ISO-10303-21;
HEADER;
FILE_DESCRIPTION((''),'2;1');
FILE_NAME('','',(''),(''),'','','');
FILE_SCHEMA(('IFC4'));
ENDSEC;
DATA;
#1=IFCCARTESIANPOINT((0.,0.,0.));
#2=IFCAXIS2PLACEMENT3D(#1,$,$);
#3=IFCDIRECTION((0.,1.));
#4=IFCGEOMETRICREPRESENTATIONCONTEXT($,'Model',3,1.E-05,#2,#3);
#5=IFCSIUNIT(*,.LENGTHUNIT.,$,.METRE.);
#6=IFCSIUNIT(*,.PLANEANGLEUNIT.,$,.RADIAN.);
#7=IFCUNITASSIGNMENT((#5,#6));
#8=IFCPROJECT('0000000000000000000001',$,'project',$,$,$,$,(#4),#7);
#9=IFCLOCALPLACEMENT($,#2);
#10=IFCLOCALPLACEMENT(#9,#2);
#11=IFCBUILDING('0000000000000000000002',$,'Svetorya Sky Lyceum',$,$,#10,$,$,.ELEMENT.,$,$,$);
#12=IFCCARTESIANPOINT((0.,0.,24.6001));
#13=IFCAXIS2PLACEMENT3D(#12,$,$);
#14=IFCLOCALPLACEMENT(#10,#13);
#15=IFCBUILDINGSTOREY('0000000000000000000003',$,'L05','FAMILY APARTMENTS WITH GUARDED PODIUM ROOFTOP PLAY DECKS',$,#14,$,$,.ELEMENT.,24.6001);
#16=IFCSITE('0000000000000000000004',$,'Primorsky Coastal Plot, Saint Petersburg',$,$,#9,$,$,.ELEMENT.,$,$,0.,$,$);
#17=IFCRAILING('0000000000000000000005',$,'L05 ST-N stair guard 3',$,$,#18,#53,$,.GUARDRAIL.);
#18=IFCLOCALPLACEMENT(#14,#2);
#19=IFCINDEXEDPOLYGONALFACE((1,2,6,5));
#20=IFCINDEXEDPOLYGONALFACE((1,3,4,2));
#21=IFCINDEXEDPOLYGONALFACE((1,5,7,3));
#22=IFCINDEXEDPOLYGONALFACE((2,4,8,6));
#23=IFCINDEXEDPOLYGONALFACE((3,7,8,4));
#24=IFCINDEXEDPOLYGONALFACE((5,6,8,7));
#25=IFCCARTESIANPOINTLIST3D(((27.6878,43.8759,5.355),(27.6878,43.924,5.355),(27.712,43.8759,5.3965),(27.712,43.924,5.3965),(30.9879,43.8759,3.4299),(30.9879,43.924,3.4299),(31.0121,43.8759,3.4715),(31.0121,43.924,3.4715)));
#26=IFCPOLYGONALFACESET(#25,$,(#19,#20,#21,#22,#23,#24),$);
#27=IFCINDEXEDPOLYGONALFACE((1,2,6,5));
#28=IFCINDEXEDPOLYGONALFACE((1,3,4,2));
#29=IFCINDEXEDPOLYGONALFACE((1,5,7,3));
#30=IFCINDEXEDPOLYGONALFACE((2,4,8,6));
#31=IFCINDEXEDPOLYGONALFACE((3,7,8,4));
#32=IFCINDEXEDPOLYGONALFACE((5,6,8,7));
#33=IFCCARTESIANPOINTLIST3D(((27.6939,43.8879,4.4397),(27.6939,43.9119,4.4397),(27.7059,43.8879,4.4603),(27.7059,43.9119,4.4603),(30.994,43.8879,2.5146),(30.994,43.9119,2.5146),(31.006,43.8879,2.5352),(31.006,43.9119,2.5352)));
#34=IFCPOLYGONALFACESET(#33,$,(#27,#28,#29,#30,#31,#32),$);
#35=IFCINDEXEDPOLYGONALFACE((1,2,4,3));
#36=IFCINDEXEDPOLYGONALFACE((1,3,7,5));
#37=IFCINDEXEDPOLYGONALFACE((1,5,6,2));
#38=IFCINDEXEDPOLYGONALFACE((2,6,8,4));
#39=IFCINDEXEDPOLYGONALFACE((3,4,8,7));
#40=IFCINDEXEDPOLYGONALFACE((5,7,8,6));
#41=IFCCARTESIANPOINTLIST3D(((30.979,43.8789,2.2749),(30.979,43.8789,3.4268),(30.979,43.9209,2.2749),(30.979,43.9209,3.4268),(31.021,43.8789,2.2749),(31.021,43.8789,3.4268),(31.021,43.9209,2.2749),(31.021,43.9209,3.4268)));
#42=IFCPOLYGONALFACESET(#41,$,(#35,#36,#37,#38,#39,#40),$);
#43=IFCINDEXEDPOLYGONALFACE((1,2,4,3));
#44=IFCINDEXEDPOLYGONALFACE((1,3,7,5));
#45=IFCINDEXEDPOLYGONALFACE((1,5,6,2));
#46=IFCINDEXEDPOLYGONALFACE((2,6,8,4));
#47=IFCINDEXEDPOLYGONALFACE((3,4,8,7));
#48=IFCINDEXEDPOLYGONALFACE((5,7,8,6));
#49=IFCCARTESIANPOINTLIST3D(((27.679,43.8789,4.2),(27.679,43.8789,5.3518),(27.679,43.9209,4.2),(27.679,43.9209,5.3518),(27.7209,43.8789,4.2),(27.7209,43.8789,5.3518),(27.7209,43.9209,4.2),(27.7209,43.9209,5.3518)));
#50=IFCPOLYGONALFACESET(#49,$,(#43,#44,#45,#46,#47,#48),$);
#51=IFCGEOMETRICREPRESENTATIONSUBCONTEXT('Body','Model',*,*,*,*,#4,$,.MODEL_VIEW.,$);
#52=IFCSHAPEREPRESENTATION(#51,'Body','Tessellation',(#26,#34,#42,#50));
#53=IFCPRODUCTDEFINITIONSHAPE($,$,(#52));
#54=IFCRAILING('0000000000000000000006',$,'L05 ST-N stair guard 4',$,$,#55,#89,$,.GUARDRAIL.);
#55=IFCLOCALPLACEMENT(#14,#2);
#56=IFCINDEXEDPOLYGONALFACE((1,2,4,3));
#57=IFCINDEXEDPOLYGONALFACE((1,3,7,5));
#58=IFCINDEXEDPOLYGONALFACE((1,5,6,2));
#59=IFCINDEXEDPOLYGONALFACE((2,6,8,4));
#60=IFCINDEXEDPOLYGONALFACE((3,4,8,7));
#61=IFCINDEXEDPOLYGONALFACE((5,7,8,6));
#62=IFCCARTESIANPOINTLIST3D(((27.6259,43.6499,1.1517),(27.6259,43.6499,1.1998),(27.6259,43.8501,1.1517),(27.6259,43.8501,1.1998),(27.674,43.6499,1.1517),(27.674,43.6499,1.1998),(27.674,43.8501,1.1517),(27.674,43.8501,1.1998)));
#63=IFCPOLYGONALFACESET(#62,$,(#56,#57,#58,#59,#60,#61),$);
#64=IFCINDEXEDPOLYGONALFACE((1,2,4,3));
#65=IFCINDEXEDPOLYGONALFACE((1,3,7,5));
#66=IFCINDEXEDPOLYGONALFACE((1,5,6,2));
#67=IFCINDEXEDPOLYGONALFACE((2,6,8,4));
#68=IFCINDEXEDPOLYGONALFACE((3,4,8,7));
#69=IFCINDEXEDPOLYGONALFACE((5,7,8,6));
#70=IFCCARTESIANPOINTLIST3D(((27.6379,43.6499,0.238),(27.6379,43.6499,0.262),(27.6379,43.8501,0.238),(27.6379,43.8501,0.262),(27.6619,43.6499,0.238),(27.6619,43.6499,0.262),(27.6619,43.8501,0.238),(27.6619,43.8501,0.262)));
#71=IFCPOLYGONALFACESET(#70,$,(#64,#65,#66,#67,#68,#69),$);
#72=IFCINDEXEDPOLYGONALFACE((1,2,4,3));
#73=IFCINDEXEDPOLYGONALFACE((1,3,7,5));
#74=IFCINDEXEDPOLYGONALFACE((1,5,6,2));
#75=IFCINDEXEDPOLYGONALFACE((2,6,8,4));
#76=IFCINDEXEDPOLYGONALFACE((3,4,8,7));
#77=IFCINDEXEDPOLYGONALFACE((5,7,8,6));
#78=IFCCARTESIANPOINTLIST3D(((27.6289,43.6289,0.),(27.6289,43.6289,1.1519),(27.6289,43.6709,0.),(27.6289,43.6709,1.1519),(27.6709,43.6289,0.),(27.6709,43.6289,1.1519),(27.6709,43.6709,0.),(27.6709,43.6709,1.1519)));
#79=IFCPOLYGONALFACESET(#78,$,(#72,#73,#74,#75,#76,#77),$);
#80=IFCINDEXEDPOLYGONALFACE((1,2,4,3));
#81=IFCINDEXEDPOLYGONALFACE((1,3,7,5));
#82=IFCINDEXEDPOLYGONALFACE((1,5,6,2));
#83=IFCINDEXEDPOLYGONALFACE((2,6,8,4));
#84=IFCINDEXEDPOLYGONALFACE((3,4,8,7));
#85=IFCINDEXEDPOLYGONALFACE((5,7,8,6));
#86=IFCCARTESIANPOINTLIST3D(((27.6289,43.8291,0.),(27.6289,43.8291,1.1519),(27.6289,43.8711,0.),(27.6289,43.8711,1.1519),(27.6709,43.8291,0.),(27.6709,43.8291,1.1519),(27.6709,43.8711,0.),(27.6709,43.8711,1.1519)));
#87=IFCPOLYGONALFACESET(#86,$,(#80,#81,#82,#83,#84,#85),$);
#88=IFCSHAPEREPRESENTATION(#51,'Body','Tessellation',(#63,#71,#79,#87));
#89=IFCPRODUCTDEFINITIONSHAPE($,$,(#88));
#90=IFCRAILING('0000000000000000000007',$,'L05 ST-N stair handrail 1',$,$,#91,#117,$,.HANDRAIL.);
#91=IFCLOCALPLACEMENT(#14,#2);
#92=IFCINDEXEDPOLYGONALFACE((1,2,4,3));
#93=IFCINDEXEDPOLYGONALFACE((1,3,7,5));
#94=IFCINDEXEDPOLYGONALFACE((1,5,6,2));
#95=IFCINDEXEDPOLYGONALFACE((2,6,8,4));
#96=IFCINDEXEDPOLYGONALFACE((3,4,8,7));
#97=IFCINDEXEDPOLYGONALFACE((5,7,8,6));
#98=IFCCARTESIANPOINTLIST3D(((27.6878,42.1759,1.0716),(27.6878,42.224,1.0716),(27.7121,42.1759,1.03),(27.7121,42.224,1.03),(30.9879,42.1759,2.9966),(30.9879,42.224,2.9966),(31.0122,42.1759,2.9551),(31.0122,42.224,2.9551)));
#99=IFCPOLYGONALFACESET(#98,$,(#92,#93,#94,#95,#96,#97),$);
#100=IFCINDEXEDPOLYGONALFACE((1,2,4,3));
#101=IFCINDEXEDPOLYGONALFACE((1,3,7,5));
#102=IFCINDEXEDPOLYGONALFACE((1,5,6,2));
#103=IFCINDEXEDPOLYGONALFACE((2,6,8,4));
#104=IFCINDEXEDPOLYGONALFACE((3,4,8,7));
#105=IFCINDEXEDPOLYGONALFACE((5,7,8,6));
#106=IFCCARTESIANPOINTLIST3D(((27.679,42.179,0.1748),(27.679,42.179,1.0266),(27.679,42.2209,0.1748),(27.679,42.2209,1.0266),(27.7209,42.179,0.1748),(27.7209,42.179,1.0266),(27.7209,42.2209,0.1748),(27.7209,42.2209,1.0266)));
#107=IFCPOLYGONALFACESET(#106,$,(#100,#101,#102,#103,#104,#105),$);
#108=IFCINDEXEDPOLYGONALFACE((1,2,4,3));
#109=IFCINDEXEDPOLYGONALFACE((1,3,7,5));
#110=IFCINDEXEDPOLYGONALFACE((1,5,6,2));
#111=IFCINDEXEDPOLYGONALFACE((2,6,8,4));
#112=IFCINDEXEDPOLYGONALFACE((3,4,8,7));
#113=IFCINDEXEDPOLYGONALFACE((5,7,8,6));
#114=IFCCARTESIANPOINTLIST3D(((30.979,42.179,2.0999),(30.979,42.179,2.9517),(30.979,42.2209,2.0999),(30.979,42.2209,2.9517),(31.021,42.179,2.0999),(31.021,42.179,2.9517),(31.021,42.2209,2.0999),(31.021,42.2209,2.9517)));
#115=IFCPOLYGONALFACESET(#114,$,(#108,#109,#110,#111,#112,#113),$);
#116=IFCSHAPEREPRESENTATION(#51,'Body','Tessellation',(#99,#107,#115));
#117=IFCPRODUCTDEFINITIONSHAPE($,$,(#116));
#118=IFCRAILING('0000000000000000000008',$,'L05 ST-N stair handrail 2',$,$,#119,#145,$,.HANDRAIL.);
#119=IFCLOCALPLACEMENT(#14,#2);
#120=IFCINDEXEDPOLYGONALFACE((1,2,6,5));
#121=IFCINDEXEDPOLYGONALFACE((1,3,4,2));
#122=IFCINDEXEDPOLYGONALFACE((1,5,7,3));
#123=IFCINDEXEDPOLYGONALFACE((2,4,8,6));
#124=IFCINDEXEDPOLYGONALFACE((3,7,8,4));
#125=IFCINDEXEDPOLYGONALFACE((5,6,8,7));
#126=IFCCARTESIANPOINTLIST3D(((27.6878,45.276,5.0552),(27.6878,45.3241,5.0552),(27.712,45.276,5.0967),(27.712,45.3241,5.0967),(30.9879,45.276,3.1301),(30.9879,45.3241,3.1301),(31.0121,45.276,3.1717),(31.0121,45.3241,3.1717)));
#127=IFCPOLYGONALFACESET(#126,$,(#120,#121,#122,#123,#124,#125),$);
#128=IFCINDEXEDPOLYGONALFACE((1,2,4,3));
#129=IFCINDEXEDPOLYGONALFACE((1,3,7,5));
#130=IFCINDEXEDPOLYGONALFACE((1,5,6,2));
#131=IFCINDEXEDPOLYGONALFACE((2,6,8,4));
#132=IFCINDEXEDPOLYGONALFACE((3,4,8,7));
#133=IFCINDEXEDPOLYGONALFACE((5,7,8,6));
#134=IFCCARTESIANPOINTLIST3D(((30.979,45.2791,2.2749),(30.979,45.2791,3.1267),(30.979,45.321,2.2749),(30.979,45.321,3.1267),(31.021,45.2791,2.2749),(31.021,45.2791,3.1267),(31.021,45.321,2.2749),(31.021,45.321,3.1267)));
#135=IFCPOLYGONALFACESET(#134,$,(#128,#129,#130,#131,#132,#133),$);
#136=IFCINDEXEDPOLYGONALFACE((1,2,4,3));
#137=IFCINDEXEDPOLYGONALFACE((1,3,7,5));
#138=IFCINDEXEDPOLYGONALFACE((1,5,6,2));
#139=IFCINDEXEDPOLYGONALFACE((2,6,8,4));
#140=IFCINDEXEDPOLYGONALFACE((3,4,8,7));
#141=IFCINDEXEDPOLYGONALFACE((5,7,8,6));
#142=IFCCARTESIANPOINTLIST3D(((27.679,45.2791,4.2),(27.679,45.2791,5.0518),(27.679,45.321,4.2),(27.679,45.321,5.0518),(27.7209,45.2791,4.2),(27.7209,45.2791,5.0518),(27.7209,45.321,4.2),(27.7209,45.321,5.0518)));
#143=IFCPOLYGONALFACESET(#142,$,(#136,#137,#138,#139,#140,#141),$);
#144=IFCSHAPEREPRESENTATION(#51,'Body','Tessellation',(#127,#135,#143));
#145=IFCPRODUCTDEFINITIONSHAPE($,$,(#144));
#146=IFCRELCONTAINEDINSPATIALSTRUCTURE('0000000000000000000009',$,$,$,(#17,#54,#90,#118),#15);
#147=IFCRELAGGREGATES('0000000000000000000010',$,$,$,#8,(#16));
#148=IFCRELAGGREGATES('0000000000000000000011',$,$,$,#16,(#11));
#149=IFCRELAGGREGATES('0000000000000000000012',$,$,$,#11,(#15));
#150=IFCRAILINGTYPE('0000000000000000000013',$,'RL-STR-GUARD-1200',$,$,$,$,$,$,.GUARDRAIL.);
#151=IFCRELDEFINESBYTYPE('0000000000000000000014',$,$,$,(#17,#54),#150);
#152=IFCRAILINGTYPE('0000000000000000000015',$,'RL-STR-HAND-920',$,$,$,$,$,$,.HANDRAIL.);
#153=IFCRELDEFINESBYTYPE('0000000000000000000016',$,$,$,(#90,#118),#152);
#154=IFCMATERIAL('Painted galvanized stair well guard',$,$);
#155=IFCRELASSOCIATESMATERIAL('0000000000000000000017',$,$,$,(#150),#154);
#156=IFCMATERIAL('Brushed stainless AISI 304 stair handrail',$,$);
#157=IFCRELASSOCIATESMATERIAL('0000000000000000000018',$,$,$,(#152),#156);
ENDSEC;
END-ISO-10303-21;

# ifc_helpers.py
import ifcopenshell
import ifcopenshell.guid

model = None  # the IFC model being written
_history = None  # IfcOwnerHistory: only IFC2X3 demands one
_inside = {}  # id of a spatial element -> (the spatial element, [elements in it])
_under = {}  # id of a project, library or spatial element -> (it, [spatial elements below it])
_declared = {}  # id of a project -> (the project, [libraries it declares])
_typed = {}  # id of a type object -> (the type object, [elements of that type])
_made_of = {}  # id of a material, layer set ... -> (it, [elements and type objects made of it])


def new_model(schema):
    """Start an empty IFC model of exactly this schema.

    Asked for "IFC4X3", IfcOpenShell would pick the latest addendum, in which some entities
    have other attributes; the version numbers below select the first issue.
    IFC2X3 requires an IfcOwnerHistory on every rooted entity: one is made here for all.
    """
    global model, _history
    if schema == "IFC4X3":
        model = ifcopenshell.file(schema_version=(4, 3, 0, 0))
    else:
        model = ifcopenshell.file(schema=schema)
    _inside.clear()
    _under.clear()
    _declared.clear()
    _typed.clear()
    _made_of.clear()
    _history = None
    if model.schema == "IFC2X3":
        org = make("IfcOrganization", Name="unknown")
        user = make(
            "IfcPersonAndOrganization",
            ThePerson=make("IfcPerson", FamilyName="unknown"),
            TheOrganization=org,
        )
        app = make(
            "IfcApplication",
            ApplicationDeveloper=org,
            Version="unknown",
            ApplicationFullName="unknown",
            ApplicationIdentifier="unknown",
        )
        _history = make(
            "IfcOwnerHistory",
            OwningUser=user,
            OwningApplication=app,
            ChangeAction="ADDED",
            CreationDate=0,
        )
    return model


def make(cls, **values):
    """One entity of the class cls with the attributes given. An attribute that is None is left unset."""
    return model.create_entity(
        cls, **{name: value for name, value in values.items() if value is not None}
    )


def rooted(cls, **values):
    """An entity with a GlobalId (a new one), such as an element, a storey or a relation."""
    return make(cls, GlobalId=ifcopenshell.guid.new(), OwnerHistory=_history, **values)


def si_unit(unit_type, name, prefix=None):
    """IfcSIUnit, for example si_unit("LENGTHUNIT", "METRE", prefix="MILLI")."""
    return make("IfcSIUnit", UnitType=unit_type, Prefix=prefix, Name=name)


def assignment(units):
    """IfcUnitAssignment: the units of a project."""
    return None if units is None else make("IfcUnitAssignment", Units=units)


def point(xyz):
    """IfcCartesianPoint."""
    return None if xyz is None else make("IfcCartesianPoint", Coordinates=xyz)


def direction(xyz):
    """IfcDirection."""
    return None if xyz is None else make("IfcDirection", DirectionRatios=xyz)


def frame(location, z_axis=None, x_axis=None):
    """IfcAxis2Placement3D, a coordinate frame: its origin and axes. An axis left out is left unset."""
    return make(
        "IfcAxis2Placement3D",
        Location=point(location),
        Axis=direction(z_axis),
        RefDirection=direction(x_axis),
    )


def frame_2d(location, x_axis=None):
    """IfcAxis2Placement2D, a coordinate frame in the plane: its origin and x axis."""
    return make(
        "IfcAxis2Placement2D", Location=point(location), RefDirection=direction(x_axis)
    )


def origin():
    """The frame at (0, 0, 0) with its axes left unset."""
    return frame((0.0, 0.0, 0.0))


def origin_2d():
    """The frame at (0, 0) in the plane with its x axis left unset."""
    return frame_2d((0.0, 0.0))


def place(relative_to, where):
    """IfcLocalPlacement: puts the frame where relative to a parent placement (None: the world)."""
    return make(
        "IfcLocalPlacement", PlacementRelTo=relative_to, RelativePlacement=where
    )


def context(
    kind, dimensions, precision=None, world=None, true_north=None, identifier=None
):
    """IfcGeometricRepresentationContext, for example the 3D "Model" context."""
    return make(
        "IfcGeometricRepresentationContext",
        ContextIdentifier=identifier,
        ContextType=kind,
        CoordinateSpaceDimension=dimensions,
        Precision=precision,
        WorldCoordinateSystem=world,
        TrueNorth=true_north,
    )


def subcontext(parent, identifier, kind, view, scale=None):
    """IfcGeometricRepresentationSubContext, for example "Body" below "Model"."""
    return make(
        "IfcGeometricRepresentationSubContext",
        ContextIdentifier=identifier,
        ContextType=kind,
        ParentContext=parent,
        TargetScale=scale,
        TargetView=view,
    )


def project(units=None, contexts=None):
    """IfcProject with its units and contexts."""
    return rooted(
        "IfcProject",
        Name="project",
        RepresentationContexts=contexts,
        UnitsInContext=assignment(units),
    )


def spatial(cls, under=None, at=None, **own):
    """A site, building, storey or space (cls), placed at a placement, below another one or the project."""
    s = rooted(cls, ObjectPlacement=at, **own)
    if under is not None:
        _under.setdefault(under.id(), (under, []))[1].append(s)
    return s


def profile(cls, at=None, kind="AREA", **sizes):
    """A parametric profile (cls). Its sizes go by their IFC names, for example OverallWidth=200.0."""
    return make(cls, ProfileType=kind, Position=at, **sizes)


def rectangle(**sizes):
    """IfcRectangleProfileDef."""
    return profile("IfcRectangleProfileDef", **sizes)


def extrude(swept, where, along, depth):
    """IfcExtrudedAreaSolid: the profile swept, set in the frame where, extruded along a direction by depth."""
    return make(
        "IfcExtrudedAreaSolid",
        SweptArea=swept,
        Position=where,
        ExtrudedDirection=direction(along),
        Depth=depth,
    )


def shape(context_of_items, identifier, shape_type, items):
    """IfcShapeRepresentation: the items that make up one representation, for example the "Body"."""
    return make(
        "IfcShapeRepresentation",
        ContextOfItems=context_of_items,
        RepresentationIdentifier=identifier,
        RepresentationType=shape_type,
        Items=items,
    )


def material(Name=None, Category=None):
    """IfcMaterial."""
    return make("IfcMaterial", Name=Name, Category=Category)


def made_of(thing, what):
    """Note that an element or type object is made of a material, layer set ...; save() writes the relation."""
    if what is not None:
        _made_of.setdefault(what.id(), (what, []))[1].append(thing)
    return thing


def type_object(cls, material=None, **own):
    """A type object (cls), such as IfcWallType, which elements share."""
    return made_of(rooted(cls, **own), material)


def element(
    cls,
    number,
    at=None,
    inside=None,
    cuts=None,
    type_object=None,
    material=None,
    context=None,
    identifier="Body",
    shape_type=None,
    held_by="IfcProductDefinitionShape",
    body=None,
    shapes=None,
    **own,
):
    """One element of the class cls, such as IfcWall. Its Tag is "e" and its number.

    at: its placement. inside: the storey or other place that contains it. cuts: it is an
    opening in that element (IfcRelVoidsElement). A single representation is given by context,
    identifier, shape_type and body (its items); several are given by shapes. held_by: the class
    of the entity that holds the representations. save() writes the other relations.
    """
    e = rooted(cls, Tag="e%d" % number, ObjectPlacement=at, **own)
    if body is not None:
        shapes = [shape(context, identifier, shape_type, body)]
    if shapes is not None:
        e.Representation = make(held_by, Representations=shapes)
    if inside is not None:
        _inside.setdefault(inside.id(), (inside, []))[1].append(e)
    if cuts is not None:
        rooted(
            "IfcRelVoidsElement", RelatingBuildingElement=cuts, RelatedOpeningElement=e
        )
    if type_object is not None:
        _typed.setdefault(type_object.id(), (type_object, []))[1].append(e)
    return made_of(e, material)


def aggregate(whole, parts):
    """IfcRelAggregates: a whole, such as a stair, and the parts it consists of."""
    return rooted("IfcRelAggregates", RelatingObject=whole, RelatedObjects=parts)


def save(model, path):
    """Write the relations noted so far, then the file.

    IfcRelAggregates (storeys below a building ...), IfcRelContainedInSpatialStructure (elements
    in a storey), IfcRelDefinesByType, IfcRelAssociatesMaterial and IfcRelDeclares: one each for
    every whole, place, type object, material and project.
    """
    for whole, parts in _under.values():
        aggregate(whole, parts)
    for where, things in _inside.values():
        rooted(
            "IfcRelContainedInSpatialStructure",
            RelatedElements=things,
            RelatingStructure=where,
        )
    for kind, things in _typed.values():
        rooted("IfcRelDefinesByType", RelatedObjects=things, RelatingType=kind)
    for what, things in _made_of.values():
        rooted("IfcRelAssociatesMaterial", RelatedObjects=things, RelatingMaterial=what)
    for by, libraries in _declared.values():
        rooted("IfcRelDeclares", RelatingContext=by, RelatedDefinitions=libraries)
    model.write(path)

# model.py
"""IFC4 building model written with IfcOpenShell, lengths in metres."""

from ifc_helpers import new_model, si_unit, direction, frame, origin, origin_2d, place, context, subcontext, project, spatial, rectangle, extrude, material, type_object, element, save


model = new_model("IFC4")

# Units and contexts
model_context = context("Model", 3, precision=1e-05, world=origin(), true_north=direction((0.0, 1.0)))
body_context = subcontext(model_context, "Body", "Model", "MODEL_VIEW")
ifc_project = project(units=[si_unit("LENGTHUNIT", "METRE"), si_unit("PLANEANGLEUNIT", "RADIAN")], contexts=[model_context])

# Site, building, storey
site_placement = place(None, origin())
site = spatial("IfcSite", under=ifc_project, at=site_placement, Name="Primorsky Coastal Plot, Saint Petersburg", CompositionType="ELEMENT", RefElevation=0.0)
building_placement = place(site_placement, origin())
building = spatial("IfcBuilding", under=site, at=building_placement, Name="Svetorya Sky Lyceum", CompositionType="ELEMENT")
storey_placement = place(building_placement, frame((0.0, 0.0, 24.6001)))
storey = spatial("IfcBuildingStorey", under=building, at=storey_placement, Name="L05", Description="FAMILY APARTMENTS WITH GUARDED PODIUM ROOFTOP PLAY DECKS", CompositionType="ELEMENT", Elevation=24.6001)

# Railings
ifc_material_1 = material(Name="Painted galvanized stair well guard")
railing_type_1 = type_object("IfcRailingType", Name="RL-STR-GUARD-1200", PredefinedType="GUARDRAIL", material=ifc_material_1)
railing_1_placement = place(storey_placement, frame((31.0, 43.8999, 2.2749)))
element("IfcRailing", 1, at=railing_1_placement, inside=storey, type_object=railing_type_1, Name="L05 ST-N stair guard 3", PredefinedType="GUARDRAIL", context=body_context, shape_type="SweptSolid", body=[
    extrude(rectangle(XDim=0.0481, YDim=0.0481, at=origin_2d()), frame((0.0, 0.0, 1.1758), z_axis=(-0.863777, 0.0, 0.503875), x_axis=(0.0, -1.0, 0.0)), (0.0, 0.0, 1.0), 3.8206),
    extrude(rectangle(XDim=0.0239, YDim=0.0239, at=origin_2d()), frame((0.0, 0.0, 0.25), z_axis=(-0.863777, 0.0, 0.503875), x_axis=(0.0, -1.0, 0.0)), (0.0, 0.0, 1.0), 3.8206),
    extrude(rectangle(XDim=0.042, YDim=0.042, at=origin_2d()), origin(), (0.0, 0.0, 1.0), 1.1519),
    extrude(rectangle(XDim=0.042, YDim=0.042, at=origin_2d()), frame((-3.3, 0.0, 1.925)), (0.0, 0.0, 1.0), 1.1519),
])
railing_2_placement = place(storey_placement, frame((27.6499, 43.6499, 0.0)))
element("IfcRailing", 2, at=railing_2_placement, inside=storey, type_object=railing_type_1, Name="L05 ST-N stair guard 4", PredefinedType="GUARDRAIL", context=body_context, shape_type="SweptSolid", body=[
    extrude(rectangle(XDim=0.0481, YDim=0.0481, at=origin_2d()), frame((0.0, 0.0, 1.1758), z_axis=(0.0, 1.0, 0.0), x_axis=(-1.0, 0.0, 0.0)), (0.0, 0.0, 1.0), 0.2002),
    extrude(rectangle(XDim=0.0239, YDim=0.0239, at=origin_2d()), frame((0.0, 0.0, 0.25), z_axis=(0.0, 1.0, 0.0), x_axis=(-1.0, 0.0, 0.0)), (0.0, 0.0, 1.0), 0.2002),
    extrude(rectangle(XDim=0.042, YDim=0.042, at=origin_2d()), origin(), (0.0, 0.0, 1.0), 1.1519),
    extrude(rectangle(XDim=0.042, YDim=0.042, at=origin_2d()), frame((0.0, 0.2002, 0.0)), (0.0, 0.0, 1.0), 1.1519),
])
ifc_material_2 = material(Name="Brushed stainless AISI 304 stair handrail")
railing_type_2 = type_object("IfcRailingType", Name="RL-STR-HAND-920", PredefinedType="HANDRAIL", material=ifc_material_2)
railing_3_placement = place(storey_placement, frame((27.7, 42.2, 0.1748)))
element("IfcRailing", 3, at=railing_3_placement, inside=storey, type_object=railing_type_2, Name="L05 ST-N stair handrail 1", PredefinedType="HANDRAIL", context=body_context, shape_type="SweptSolid", body=[
    extrude(rectangle(XDim=0.0481, YDim=0.0481, at=origin_2d()), frame((0.0, 0.0, 0.876), z_axis=(0.863777, 0.0, 0.503875), x_axis=(0.0, 1.0, 0.0)), (0.0, 0.0, 1.0), 3.8206),
    extrude(rectangle(XDim=0.042, YDim=0.042, at=origin_2d()), origin(), (0.0, 0.0, 1.0), 0.8518),
    extrude(rectangle(XDim=0.042, YDim=0.042, at=origin_2d()), frame((3.3, 0.0, 1.925)), (0.0, 0.0, 1.0), 0.8518),
])
railing_4_placement = place(storey_placement, frame((31.0, 45.3, 2.2749)))
element("IfcRailing", 4, at=railing_4_placement, inside=storey, type_object=railing_type_2, Name="L05 ST-N stair handrail 2", PredefinedType="HANDRAIL", context=body_context, shape_type="SweptSolid", body=[
    extrude(rectangle(XDim=0.0481, YDim=0.0481, at=origin_2d()), frame((0.0, 0.0, 0.876), z_axis=(-0.863777, 0.0, 0.503875), x_axis=(0.0, -1.0, 0.0)), (0.0, 0.0, 1.0), 3.8206),
    extrude(rectangle(XDim=0.042, YDim=0.042, at=origin_2d()), origin(), (0.0, 0.0, 1.0), 0.8518),
    extrude(rectangle(XDim=0.042, YDim=0.042, at=origin_2d()), frame((-3.3, 0.0, 1.925)), (0.0, 0.0, 1.0), 0.8518),
])

save(model, "model.ifc")
